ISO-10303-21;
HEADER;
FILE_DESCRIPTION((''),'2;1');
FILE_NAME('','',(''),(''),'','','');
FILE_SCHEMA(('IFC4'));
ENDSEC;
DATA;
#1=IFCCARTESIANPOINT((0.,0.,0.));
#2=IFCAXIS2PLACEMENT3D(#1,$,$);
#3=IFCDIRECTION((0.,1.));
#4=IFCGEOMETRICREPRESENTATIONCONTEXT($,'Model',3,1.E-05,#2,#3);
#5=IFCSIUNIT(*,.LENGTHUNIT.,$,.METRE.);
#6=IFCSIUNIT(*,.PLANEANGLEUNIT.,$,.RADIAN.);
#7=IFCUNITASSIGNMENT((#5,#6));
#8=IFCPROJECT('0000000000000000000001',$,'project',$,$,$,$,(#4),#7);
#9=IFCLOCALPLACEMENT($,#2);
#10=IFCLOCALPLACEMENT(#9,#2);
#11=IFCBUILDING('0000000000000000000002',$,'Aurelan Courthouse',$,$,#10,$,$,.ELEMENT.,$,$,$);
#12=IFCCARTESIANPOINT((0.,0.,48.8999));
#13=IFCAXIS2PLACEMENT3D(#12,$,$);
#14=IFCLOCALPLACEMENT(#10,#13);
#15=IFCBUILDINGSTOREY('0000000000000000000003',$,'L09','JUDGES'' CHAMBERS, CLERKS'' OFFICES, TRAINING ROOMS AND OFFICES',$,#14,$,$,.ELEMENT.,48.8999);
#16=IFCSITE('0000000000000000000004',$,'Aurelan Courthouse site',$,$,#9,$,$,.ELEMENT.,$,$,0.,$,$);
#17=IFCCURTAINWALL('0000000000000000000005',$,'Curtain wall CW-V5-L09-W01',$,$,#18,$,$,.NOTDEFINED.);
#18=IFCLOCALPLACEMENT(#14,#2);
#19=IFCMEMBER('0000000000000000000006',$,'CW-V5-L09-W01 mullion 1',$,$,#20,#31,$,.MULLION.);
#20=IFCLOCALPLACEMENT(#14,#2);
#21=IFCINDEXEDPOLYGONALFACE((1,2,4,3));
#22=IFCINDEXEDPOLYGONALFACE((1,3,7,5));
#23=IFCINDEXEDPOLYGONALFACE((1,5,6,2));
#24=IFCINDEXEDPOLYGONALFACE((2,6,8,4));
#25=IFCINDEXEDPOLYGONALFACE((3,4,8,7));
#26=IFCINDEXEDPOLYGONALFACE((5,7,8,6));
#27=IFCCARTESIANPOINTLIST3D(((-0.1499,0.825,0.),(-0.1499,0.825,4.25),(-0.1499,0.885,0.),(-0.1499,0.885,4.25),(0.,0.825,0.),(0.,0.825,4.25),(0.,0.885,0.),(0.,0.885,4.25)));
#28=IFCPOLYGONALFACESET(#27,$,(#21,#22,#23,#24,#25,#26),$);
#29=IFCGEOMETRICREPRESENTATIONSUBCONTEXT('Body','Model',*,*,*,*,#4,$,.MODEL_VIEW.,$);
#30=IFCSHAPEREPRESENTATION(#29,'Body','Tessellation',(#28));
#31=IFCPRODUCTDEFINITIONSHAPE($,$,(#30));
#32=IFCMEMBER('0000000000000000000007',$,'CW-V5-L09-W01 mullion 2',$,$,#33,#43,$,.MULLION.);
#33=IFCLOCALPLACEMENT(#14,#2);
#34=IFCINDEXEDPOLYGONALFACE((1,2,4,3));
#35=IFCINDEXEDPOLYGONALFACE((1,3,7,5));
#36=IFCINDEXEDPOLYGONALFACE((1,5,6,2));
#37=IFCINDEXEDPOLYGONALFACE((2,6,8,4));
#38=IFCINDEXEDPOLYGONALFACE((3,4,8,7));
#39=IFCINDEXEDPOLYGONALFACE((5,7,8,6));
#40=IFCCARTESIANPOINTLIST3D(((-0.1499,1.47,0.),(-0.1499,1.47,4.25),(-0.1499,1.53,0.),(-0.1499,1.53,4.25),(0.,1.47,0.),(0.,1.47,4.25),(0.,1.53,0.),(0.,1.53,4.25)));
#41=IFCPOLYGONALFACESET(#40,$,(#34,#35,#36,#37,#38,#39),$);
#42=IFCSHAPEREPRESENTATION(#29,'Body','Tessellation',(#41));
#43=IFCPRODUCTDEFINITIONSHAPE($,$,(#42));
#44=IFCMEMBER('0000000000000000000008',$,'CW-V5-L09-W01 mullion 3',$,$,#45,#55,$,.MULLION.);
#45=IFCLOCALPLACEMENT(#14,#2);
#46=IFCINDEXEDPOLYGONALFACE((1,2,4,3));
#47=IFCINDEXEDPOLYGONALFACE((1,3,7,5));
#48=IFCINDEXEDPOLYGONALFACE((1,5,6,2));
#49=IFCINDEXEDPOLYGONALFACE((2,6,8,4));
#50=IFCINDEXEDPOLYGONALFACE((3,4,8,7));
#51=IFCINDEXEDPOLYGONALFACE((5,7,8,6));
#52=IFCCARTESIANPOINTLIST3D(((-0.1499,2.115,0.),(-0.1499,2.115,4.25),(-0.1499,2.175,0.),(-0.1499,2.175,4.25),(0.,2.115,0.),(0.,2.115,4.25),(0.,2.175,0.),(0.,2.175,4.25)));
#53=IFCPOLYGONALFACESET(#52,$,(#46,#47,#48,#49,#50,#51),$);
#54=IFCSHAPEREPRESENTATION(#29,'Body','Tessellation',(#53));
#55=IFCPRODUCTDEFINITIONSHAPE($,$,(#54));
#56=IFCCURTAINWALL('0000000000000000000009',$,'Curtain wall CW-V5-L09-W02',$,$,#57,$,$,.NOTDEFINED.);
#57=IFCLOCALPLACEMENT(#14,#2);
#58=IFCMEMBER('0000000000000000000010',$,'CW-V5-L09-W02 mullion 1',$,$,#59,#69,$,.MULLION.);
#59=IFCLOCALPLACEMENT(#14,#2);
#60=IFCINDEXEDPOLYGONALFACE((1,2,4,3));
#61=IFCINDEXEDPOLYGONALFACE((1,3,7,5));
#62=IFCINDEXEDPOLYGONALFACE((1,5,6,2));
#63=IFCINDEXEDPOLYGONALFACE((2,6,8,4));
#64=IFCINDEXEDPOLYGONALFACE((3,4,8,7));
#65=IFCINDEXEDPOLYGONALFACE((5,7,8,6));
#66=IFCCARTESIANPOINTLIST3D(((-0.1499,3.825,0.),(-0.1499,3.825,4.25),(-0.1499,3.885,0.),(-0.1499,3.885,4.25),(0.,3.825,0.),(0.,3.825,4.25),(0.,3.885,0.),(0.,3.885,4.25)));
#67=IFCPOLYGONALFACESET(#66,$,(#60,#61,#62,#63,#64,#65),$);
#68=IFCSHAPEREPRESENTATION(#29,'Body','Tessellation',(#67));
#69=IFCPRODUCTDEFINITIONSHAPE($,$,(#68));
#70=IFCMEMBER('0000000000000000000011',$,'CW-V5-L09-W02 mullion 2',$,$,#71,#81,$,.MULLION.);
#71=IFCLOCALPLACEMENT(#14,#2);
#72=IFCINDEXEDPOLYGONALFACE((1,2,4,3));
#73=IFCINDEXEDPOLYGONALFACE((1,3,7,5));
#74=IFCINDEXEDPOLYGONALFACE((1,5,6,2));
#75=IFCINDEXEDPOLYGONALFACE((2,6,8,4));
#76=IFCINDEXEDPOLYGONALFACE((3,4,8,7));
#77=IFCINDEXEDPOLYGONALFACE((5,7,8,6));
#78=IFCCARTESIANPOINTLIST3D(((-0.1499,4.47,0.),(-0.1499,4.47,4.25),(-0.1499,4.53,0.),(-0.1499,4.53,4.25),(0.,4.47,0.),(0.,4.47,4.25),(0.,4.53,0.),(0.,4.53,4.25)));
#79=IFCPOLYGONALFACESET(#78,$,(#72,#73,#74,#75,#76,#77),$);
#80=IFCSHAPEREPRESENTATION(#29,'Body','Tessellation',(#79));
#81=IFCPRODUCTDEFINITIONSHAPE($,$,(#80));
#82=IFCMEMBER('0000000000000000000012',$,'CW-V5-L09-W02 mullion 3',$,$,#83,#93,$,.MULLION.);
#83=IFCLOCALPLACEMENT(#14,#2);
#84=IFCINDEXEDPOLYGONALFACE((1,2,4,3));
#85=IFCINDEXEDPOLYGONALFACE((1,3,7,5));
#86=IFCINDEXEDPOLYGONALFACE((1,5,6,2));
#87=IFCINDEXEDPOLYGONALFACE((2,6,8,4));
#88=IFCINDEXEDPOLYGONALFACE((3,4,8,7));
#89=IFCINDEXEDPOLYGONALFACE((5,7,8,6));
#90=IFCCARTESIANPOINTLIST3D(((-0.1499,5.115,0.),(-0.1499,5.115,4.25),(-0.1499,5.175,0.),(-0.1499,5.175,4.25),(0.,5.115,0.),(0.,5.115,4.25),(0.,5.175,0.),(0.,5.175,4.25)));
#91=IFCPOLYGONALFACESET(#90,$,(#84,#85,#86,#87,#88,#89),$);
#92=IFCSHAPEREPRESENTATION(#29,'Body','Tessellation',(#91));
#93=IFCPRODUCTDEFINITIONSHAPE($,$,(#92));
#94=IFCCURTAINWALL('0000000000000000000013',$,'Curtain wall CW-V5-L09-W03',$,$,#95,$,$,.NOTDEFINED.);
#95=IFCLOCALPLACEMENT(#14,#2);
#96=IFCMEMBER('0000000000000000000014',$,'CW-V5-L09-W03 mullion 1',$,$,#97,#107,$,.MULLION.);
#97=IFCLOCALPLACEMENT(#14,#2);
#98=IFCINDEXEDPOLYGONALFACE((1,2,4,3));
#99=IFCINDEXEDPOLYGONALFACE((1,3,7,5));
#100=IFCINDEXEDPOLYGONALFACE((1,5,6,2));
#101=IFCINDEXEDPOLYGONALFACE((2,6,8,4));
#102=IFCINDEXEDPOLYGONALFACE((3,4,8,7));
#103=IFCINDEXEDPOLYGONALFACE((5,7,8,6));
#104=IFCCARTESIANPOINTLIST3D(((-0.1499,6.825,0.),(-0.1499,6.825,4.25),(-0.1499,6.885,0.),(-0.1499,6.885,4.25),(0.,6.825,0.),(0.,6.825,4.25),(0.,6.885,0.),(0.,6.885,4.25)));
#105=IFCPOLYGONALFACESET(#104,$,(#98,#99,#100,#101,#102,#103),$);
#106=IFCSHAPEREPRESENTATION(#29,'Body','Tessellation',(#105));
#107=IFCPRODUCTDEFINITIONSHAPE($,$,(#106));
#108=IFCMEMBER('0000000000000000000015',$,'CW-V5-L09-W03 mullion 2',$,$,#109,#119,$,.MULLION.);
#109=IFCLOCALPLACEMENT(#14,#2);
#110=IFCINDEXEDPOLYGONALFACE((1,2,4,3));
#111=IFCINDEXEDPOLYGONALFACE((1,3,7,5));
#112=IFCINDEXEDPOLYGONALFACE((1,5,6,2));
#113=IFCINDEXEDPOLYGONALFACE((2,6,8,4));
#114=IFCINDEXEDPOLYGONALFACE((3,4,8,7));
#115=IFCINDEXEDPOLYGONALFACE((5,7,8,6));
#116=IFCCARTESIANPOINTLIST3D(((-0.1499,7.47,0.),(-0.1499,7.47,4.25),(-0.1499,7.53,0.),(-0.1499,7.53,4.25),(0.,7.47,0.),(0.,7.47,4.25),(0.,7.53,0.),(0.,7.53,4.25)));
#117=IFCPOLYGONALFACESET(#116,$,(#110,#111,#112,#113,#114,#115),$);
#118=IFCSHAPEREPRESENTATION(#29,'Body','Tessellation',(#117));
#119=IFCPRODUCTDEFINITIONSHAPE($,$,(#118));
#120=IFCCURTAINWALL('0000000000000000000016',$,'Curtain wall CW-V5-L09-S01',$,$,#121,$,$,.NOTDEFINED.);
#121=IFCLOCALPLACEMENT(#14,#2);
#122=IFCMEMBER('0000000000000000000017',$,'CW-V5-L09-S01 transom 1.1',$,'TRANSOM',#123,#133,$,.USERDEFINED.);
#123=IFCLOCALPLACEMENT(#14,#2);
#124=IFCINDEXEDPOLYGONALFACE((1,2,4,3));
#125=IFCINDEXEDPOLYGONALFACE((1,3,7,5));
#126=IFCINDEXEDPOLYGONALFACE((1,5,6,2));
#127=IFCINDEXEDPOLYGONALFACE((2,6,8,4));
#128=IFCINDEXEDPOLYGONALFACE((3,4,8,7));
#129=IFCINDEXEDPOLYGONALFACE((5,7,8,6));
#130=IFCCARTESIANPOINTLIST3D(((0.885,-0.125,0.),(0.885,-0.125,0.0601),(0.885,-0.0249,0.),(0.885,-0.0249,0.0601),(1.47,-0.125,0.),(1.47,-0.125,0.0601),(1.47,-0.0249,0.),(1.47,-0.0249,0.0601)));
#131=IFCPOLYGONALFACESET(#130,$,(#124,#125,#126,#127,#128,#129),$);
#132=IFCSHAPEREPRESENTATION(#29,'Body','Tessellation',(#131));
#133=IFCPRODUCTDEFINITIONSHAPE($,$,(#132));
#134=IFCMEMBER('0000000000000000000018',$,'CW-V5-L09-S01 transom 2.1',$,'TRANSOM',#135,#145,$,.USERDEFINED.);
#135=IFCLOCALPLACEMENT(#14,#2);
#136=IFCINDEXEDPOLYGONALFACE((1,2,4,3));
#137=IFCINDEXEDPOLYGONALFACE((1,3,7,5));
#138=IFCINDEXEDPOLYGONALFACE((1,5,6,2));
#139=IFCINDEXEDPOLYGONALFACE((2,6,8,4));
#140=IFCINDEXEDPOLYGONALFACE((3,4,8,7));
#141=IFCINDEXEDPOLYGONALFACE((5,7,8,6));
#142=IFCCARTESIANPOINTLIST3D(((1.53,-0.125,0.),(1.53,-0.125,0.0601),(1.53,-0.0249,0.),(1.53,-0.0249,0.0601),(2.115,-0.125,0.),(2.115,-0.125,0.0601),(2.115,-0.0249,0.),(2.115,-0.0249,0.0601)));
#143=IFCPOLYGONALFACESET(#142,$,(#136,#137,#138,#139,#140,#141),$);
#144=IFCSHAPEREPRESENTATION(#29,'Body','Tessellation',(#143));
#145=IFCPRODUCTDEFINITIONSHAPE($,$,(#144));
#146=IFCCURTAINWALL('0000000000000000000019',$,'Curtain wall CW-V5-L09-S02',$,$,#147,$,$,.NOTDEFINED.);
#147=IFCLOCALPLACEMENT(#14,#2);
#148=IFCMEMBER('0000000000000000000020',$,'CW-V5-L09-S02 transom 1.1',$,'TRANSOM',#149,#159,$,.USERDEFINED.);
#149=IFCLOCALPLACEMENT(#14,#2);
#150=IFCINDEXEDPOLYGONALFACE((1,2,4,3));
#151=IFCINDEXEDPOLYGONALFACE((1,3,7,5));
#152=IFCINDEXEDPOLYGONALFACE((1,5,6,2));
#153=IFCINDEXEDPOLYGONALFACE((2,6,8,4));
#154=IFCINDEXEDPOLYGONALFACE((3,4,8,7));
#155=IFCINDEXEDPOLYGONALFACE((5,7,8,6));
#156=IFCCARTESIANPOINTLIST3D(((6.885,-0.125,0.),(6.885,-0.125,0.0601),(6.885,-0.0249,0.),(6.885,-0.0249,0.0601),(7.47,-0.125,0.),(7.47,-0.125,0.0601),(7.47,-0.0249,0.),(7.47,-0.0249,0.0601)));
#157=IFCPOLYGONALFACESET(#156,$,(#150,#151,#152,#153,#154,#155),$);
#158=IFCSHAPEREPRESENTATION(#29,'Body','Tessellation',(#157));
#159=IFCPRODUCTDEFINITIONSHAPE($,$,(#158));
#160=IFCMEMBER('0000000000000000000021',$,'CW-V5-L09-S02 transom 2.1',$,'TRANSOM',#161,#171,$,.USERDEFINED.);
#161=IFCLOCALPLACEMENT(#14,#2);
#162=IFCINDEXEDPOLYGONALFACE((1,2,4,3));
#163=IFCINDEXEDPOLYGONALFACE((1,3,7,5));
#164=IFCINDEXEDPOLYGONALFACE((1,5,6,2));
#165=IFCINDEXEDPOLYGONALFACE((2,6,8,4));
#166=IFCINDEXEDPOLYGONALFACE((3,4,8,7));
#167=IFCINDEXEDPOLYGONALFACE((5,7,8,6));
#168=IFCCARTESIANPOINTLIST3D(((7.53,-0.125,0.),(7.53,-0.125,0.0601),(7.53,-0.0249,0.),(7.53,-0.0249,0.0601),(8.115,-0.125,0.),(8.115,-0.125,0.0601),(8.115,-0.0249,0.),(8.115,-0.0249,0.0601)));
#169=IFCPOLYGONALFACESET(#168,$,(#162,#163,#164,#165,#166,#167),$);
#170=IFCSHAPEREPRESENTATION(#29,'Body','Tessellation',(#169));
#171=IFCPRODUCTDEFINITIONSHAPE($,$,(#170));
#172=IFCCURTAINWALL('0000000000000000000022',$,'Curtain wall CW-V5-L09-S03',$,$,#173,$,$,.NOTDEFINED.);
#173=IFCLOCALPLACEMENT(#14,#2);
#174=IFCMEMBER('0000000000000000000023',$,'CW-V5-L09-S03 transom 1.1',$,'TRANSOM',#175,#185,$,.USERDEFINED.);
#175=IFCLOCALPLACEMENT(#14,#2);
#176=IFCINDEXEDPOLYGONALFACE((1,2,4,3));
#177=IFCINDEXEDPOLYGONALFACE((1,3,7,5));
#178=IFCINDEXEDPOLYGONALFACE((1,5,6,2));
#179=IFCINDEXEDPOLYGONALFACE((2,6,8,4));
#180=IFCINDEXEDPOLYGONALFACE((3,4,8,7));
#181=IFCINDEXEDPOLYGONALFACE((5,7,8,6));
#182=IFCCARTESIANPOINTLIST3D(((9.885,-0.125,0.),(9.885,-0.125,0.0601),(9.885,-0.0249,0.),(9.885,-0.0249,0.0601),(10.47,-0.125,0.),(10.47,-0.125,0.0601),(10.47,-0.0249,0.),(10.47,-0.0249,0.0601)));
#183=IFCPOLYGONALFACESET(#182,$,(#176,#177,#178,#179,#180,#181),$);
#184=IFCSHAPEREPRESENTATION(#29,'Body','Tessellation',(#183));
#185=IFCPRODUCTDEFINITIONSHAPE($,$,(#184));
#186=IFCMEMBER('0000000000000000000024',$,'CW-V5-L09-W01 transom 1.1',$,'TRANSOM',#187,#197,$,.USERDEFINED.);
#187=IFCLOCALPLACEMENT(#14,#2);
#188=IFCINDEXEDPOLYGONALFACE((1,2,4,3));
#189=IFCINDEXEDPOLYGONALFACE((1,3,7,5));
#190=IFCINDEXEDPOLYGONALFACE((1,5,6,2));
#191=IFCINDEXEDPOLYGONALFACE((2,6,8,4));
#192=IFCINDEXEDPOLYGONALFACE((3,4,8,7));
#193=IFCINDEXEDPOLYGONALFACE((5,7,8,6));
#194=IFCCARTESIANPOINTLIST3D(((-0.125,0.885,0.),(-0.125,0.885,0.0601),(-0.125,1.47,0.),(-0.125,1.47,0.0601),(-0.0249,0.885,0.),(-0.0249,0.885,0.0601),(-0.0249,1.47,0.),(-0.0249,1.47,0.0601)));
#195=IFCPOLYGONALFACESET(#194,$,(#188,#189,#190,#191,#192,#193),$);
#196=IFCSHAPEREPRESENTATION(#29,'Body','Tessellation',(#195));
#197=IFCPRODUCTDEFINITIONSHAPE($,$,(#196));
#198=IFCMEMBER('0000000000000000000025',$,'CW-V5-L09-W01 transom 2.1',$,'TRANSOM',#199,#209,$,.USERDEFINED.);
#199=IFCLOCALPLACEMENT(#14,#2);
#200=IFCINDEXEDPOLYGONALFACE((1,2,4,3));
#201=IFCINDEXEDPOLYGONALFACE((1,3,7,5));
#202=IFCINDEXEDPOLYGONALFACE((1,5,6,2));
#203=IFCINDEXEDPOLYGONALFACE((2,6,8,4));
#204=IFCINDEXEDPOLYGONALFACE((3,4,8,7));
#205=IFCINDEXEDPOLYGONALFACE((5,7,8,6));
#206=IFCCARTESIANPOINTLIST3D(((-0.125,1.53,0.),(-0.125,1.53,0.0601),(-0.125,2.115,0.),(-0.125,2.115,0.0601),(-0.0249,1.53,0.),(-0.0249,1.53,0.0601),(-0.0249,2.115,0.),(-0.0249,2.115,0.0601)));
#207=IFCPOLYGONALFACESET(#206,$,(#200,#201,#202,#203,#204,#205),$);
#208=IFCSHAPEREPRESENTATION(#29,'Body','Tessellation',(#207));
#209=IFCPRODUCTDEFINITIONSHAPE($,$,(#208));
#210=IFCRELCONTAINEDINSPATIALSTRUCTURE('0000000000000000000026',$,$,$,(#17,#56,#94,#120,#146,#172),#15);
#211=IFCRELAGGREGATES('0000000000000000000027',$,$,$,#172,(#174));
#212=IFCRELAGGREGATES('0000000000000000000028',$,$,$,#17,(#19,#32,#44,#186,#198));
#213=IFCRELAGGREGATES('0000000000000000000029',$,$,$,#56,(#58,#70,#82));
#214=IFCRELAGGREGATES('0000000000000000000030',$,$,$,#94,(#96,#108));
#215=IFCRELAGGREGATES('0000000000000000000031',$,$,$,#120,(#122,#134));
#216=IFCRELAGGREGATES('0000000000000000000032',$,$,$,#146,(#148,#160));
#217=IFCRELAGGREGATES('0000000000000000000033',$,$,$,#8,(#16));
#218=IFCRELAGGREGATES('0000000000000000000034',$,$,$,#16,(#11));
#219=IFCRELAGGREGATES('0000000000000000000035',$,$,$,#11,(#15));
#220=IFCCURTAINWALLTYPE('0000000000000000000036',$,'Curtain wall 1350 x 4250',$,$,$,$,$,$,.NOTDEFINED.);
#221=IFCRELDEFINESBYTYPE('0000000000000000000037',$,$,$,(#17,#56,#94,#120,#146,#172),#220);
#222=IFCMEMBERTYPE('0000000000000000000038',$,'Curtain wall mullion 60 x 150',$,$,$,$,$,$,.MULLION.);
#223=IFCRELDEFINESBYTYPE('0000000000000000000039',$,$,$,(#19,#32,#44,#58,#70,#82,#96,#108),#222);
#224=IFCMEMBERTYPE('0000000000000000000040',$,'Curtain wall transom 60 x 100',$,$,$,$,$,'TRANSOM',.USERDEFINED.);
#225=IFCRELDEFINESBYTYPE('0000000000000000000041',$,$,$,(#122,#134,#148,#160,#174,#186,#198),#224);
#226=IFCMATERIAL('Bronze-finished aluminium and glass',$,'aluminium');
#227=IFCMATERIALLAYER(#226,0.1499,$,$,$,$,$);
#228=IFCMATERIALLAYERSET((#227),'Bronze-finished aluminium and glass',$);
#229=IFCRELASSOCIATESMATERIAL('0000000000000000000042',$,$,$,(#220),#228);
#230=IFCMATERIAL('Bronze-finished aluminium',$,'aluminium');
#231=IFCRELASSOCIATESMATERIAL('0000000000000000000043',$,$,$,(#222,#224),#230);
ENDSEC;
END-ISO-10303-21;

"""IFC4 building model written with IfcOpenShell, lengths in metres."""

from ifc_helpers import new_model, si_unit, direction, frame, origin, origin_2d, place, context, subcontext, project, spatial, rectangle, extrude, material, layer, layer_set, material_profile, profile_set, type_object, element, aggregate, save


model = new_model("IFC4")

# Units and contexts
model_context = context("Model", 3, precision=1e-05, world=origin(), true_north=direction((0.0, 1.0)))
body_context = subcontext(model_context, "Body", "Model", "MODEL_VIEW")
ifc_project = project(units=[si_unit("LENGTHUNIT", "METRE"), si_unit("PLANEANGLEUNIT", "RADIAN")], contexts=[model_context])

# Site, building, storey
site_placement = place(None, origin())
site = spatial("IfcSite", under=ifc_project, at=site_placement, Name="Aurelan Courthouse site", CompositionType="ELEMENT", RefElevation=0.0)
building_placement = place(site_placement, origin())
building = spatial("IfcBuilding", under=site, at=building_placement, Name="Aurelan Courthouse", CompositionType="ELEMENT")
storey_placement = place(building_placement, frame((0.0, 0.0, 48.8999)))
storey = spatial("IfcBuildingStorey", under=building, at=storey_placement, Name="L09", Description="JUDGES' CHAMBERS, CLERKS' OFFICES, TRAINING ROOMS AND OFFICES", CompositionType="ELEMENT", Elevation=48.8999)

# Curtain walls, members
ifc_material_1 = material(Name="Bronze-finished aluminium and glass", Category="aluminium")
ifc_layer_1 = layer(ifc_material_1, 0.1499)
ifc_layer_set_1 = layer_set([ifc_layer_1], Name="Bronze-finished aluminium and glass")
curtain_wall_type = type_object("IfcCurtainWallType", Name="Curtain wall 1350 x 4250", PredefinedType="NOTDEFINED", material=ifc_layer_set_1)
curtain_wall_1_placement = place(storey_placement, origin())
curtain_wall_1 = element("IfcCurtainWall", 1, at=curtain_wall_1_placement, inside=storey, type_object=curtain_wall_type, Name="Curtain wall CW-V5-L09-W01", PredefinedType="NOTDEFINED")
ifc_material_2 = material(Name="Bronze-finished aluminium", Category="aluminium")
ifc_material_profile_1 = material_profile(ifc_material_2, rectangle(XDim=0.1499, YDim=0.0601, at=origin_2d()), Name="Bronze mullion 60 x 150")
ifc_profile_set_1 = profile_set([ifc_material_profile_1], Name="Bronze-finished aluminium")
member_type_1 = type_object("IfcMemberType", Name="Curtain wall mullion 60 x 150", PredefinedType="MULLION", material=ifc_profile_set_1)
member_1_placement = place(storey_placement, frame((-0.075, 0.855, 0.0), z_axis=(0.0, 0.0, 1.0), x_axis=(-1.0, 0.0, 0.0)))
member_1 = element("IfcMember", 2, at=member_1_placement, type_object=member_type_1, Name="CW-V5-L09-W01 mullion 1", PredefinedType="MULLION", context=body_context, shape_type="SweptSolid", body=[
    extrude(rectangle(XDim=0.1499, YDim=0.0601, at=origin_2d()), origin(), (0.0, 0.0, 1.0), 4.25),
])
member_2_placement = place(storey_placement, frame((-0.075, 1.5, 0.0), z_axis=(0.0, 0.0, 1.0), x_axis=(-1.0, 0.0, 0.0)))
member_2 = element("IfcMember", 3, at=member_2_placement, type_object=member_type_1, Name="CW-V5-L09-W01 mullion 2", PredefinedType="MULLION", context=body_context, shape_type="SweptSolid", body=[
    extrude(rectangle(XDim=0.1499, YDim=0.0601, at=origin_2d()), origin(), (0.0, 0.0, 1.0), 4.25),
])
member_3_placement = place(storey_placement, frame((-0.075, 2.145, 0.0), z_axis=(0.0, 0.0, 1.0), x_axis=(-1.0, 0.0, 0.0)))
member_3 = element("IfcMember", 4, at=member_3_placement, type_object=member_type_1, Name="CW-V5-L09-W01 mullion 3", PredefinedType="MULLION", context=body_context, shape_type="SweptSolid", body=[
    extrude(rectangle(XDim=0.1499, YDim=0.0601, at=origin_2d()), origin(), (0.0, 0.0, 1.0), 4.25),
])
curtain_wall_2_placement = place(storey_placement, origin())
curtain_wall_2 = element("IfcCurtainWall", 5, at=curtain_wall_2_placement, inside=storey, type_object=curtain_wall_type, Name="Curtain wall CW-V5-L09-W02", PredefinedType="NOTDEFINED")
member_4_placement = place(storey_placement, frame((-0.075, 3.855, 0.0), z_axis=(0.0, 0.0, 1.0), x_axis=(-1.0, 0.0, 0.0)))
member_4 = element("IfcMember", 6, at=member_4_placement, type_object=member_type_1, Name="CW-V5-L09-W02 mullion 1", PredefinedType="MULLION", context=body_context, shape_type="SweptSolid", body=[
    extrude(rectangle(XDim=0.1499, YDim=0.0601, at=origin_2d()), origin(), (0.0, 0.0, 1.0), 4.25),
])
member_5_placement = place(storey_placement, frame((-0.075, 4.5, 0.0), z_axis=(0.0, 0.0, 1.0), x_axis=(-1.0, 0.0, 0.0)))
member_5 = element("IfcMember", 7, at=member_5_placement, type_object=member_type_1, Name="CW-V5-L09-W02 mullion 2", PredefinedType="MULLION", context=body_context, shape_type="SweptSolid", body=[
    extrude(rectangle(XDim=0.1499, YDim=0.0601, at=origin_2d()), origin(), (0.0, 0.0, 1.0), 4.25),
])
member_6_placement = place(storey_placement, frame((-0.075, 5.145, 0.0), z_axis=(0.0, 0.0, 1.0), x_axis=(-1.0, 0.0, 0.0)))
member_6 = element("IfcMember", 8, at=member_6_placement, type_object=member_type_1, Name="CW-V5-L09-W02 mullion 3", PredefinedType="MULLION", context=body_context, shape_type="SweptSolid", body=[
    extrude(rectangle(XDim=0.1499, YDim=0.0601, at=origin_2d()), origin(), (0.0, 0.0, 1.0), 4.25),
])
curtain_wall_3_placement = place(storey_placement, origin())
curtain_wall_3 = element("IfcCurtainWall", 9, at=curtain_wall_3_placement, inside=storey, type_object=curtain_wall_type, Name="Curtain wall CW-V5-L09-W03", PredefinedType="NOTDEFINED")
member_7_placement = place(storey_placement, frame((-0.075, 6.855, 0.0), z_axis=(0.0, 0.0, 1.0), x_axis=(-1.0, 0.0, 0.0)))
member_7 = element("IfcMember", 10, at=member_7_placement, type_object=member_type_1, Name="CW-V5-L09-W03 mullion 1", PredefinedType="MULLION", context=body_context, shape_type="SweptSolid", body=[
    extrude(rectangle(XDim=0.1499, YDim=0.0601, at=origin_2d()), origin(), (0.0, 0.0, 1.0), 4.25),
])
member_8_placement = place(storey_placement, frame((-0.075, 7.5, 0.0), z_axis=(0.0, 0.0, 1.0), x_axis=(-1.0, 0.0, 0.0)))
member_8 = element("IfcMember", 11, at=member_8_placement, type_object=member_type_1, Name="CW-V5-L09-W03 mullion 2", PredefinedType="MULLION", context=body_context, shape_type="SweptSolid", body=[
    extrude(rectangle(XDim=0.1499, YDim=0.0601, at=origin_2d()), origin(), (0.0, 0.0, 1.0), 4.25),
])
curtain_wall_4_placement = place(storey_placement, origin())
curtain_wall_4 = element("IfcCurtainWall", 12, at=curtain_wall_4_placement, inside=storey, type_object=curtain_wall_type, Name="Curtain wall CW-V5-L09-S01", PredefinedType="NOTDEFINED")
ifc_material_profile_2 = material_profile(ifc_material_2, rectangle(XDim=0.1001, YDim=0.0601, at=origin_2d()), Name="Bronze transom 60 x 100")
ifc_profile_set_2 = profile_set([ifc_material_profile_2], Name="Bronze-finished aluminium")
member_type_2 = type_object("IfcMemberType", Name="Curtain wall transom 60 x 100", ElementType="TRANSOM", PredefinedType="USERDEFINED", material=ifc_profile_set_2)
member_9_placement = place(storey_placement, frame((0.885, -0.075, 0.03), z_axis=(1.0, 0.0, 0.0), x_axis=(0.0, 1.0, 0.0)))
member_9 = element("IfcMember", 13, at=member_9_placement, type_object=member_type_2, Name="CW-V5-L09-S01 transom 1.1", ObjectType="TRANSOM", PredefinedType="USERDEFINED", context=body_context, shape_type="SweptSolid", body=[
    extrude(rectangle(XDim=0.1001, YDim=0.0601, at=origin_2d()), origin(), (0.0, 0.0, 1.0), 0.585),
])
member_10_placement = place(storey_placement, frame((1.53, -0.075, 0.03), z_axis=(1.0, 0.0, 0.0), x_axis=(0.0, 1.0, 0.0)))
member_10 = element("IfcMember", 14, at=member_10_placement, type_object=member_type_2, Name="CW-V5-L09-S01 transom 2.1", ObjectType="TRANSOM", PredefinedType="USERDEFINED", context=body_context, shape_type="SweptSolid", body=[
    extrude(rectangle(XDim=0.1001, YDim=0.0601, at=origin_2d()), origin(), (0.0, 0.0, 1.0), 0.585),
])
curtain_wall_5_placement = place(storey_placement, origin())
curtain_wall_5 = element("IfcCurtainWall", 15, at=curtain_wall_5_placement, inside=storey, type_object=curtain_wall_type, Name="Curtain wall CW-V5-L09-S02", PredefinedType="NOTDEFINED")
member_11_placement = place(storey_placement, frame((6.885, -0.075, 0.03), z_axis=(1.0, 0.0, 0.0), x_axis=(0.0, 1.0, 0.0)))
member_11 = element("IfcMember", 16, at=member_11_placement, type_object=member_type_2, Name="CW-V5-L09-S02 transom 1.1", ObjectType="TRANSOM", PredefinedType="USERDEFINED", context=body_context, shape_type="SweptSolid", body=[
    extrude(rectangle(XDim=0.1001, YDim=0.0601, at=origin_2d()), origin(), (0.0, 0.0, 1.0), 0.585),
])
member_12_placement = place(storey_placement, frame((7.53, -0.075, 0.03), z_axis=(1.0, 0.0, 0.0), x_axis=(0.0, 1.0, 0.0)))
member_12 = element("IfcMember", 17, at=member_12_placement, type_object=member_type_2, Name="CW-V5-L09-S02 transom 2.1", ObjectType="TRANSOM", PredefinedType="USERDEFINED", context=body_context, shape_type="SweptSolid", body=[
    extrude(rectangle(XDim=0.1001, YDim=0.0601, at=origin_2d()), origin(), (0.0, 0.0, 1.0), 0.585),
])

# Curtain wall, member
curtain_wall_6_placement = place(storey_placement, origin())
curtain_wall_6 = element("IfcCurtainWall", 18, at=curtain_wall_6_placement, inside=storey, type_object=curtain_wall_type, Name="Curtain wall CW-V5-L09-S03", PredefinedType="NOTDEFINED")
member_13_placement = place(storey_placement, frame((9.885, -0.075, 0.03), z_axis=(1.0, 0.0, 0.0), x_axis=(0.0, 1.0, 0.0)))
member_13 = element("IfcMember", 19, at=member_13_placement, type_object=member_type_2, Name="CW-V5-L09-S03 transom 1.1", ObjectType="TRANSOM", PredefinedType="USERDEFINED", context=body_context, shape_type="SweptSolid", body=[
    extrude(rectangle(XDim=0.1001, YDim=0.0601, at=origin_2d()), origin(), (0.0, 0.0, 1.0), 0.585),
])
aggregate(curtain_wall_6, [member_13])

# Members
member_14_placement = place(storey_placement, frame((-0.075, 0.885, 0.03), z_axis=(0.0, 1.0, 0.0), x_axis=(-1.0, 0.0, 0.0)))
member_14 = element("IfcMember", 20, at=member_14_placement, type_object=member_type_2, Name="CW-V5-L09-W01 transom 1.1", ObjectType="TRANSOM", PredefinedType="USERDEFINED", context=body_context, shape_type="SweptSolid", body=[
    extrude(rectangle(XDim=0.1001, YDim=0.0601, at=origin_2d()), origin(), (0.0, 0.0, 1.0), 0.585),
])
member_15_placement = place(storey_placement, frame((-0.075, 1.53, 0.03), z_axis=(0.0, 1.0, 0.0), x_axis=(-1.0, 0.0, 0.0)))
member_15 = element("IfcMember", 21, at=member_15_placement, type_object=member_type_2, Name="CW-V5-L09-W01 transom 2.1", ObjectType="TRANSOM", PredefinedType="USERDEFINED", context=body_context, shape_type="SweptSolid", body=[
    extrude(rectangle(XDim=0.1001, YDim=0.0601, at=origin_2d()), origin(), (0.0, 0.0, 1.0), 0.585),
])
aggregate(curtain_wall_1, [member_1, member_2, member_3, member_14, member_15])
aggregate(curtain_wall_2, [member_4, member_5, member_6])
aggregate(curtain_wall_3, [member_7, member_8])

aggregate(curtain_wall_4, [member_9, member_10])
aggregate(curtain_wall_5, [member_11, member_12])

save(model, "model.ifc")
